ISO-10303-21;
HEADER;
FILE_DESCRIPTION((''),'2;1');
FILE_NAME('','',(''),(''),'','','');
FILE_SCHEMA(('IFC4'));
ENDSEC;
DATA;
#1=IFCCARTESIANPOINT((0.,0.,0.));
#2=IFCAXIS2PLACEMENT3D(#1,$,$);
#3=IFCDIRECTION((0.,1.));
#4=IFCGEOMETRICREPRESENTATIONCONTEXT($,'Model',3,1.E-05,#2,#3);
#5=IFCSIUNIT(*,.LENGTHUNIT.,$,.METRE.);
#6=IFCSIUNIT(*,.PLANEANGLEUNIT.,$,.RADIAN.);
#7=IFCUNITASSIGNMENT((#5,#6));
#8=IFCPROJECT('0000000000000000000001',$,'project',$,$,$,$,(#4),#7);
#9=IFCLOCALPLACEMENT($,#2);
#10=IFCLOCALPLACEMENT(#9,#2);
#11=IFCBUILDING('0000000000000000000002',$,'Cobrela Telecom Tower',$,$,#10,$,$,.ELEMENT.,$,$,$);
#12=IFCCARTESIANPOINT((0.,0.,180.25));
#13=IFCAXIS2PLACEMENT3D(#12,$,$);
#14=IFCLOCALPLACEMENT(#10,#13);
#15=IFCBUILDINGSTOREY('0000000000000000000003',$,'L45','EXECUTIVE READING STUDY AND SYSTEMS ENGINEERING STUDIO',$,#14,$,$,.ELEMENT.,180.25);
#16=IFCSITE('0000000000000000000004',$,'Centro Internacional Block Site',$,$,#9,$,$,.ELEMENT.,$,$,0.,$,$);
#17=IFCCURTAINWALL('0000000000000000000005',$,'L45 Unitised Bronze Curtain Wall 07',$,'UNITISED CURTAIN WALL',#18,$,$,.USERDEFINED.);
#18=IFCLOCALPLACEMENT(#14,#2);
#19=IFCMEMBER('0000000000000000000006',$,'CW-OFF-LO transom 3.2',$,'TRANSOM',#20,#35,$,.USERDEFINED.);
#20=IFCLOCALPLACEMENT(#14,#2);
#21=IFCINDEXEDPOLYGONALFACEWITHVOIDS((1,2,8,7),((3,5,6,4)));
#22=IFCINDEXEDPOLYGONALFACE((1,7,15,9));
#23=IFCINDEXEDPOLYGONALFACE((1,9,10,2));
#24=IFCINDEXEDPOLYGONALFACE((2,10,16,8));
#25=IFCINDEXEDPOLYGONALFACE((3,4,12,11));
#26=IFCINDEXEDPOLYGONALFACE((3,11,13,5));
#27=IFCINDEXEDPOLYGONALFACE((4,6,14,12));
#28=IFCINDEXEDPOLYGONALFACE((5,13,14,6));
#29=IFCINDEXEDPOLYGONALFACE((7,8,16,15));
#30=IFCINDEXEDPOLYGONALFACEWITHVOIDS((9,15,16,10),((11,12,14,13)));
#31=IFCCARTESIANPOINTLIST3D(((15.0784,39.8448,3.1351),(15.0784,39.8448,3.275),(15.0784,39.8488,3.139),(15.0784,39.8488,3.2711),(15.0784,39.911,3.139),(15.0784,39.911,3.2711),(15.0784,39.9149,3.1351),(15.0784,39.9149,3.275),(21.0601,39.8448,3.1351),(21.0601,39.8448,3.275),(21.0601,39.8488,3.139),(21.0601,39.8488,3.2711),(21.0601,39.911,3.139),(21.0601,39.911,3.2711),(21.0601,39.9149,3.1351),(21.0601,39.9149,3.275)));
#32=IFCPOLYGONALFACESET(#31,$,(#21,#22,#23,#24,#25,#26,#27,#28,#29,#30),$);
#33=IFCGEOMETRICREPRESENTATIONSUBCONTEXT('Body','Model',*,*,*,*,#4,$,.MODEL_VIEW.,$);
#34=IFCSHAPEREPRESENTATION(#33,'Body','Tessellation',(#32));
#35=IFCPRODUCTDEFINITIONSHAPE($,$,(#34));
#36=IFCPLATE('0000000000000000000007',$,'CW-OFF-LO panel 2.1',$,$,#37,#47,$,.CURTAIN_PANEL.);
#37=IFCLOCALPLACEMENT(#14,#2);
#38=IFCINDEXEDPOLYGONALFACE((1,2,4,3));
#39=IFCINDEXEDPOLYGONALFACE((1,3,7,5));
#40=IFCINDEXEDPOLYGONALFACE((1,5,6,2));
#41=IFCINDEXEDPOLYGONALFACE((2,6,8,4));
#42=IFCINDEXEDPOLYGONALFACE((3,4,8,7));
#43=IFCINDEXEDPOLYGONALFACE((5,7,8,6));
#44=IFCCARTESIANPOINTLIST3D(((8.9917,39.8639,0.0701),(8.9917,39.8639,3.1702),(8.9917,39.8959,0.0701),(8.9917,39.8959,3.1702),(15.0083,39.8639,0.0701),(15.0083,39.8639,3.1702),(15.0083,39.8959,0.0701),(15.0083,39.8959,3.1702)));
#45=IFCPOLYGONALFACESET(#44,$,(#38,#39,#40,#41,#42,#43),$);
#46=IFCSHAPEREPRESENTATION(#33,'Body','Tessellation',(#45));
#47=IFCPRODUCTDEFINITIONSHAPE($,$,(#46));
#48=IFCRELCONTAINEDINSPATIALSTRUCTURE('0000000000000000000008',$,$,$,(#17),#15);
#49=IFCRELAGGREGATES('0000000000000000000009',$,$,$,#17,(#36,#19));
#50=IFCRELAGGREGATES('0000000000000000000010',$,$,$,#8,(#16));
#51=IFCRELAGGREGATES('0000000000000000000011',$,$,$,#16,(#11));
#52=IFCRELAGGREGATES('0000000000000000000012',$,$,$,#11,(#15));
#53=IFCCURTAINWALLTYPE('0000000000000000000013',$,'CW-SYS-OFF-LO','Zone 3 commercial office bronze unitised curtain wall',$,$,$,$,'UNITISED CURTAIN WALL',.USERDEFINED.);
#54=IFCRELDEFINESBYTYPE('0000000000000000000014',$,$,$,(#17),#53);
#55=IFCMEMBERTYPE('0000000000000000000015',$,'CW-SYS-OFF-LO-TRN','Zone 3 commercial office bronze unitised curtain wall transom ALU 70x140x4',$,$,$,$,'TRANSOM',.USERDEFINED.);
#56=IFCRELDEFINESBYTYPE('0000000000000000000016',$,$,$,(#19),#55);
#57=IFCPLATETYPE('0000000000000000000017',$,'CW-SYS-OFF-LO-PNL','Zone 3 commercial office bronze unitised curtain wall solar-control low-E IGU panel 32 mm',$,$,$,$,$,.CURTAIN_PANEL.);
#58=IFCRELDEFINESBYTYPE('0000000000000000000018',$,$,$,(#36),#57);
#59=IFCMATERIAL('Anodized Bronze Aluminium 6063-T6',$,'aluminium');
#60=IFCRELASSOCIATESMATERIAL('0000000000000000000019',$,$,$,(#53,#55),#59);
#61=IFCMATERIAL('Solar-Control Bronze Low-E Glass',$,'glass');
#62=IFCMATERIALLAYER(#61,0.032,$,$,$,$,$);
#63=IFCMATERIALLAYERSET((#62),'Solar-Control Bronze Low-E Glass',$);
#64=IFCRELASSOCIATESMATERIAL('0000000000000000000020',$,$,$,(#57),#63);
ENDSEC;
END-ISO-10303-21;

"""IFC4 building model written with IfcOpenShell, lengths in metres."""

from ifc_helpers import new_model, si_unit, direction, frame, origin, origin_2d, place, context, subcontext, project, spatial, rectangle, hollow_rectangle, extrude, material, layer, layer_set, material_profile, profile_set, type_object, element, aggregate, save


model = new_model("IFC4")

# Units and contexts
model_context = context("Model", 3, precision=1e-05, world=origin(), true_north=direction((0.0, 1.0)))
body_context = subcontext(model_context, "Body", "Model", "MODEL_VIEW")
ifc_project = project(units=[si_unit("LENGTHUNIT", "METRE"), si_unit("PLANEANGLEUNIT", "RADIAN")], contexts=[model_context])

# Site, building, storey
site_placement = place(None, origin())
site = spatial("IfcSite", under=ifc_project, at=site_placement, Name="Centro Internacional Block Site", CompositionType="ELEMENT", RefElevation=0.0)
building_placement = place(site_placement, origin())
building = spatial("IfcBuilding", under=site, at=building_placement, Name="Cobrela Telecom Tower", CompositionType="ELEMENT")
storey_placement = place(building_placement, frame((0.0, 0.0, 180.25)))
storey = spatial("IfcBuildingStorey", under=building, at=storey_placement, Name="L45", Description="EXECUTIVE READING STUDY AND SYSTEMS ENGINEERING STUDIO", CompositionType="ELEMENT", Elevation=180.25)

# Curtain wall, member, plate
ifc_material_1 = material(Name="Anodized Bronze Aluminium 6063-T6", Category="aluminium")
curtain_wall_type = type_object("IfcCurtainWallType", Name="CW-SYS-OFF-LO", Description="Zone 3 commercial office bronze unitised curtain wall", ElementType="UNITISED CURTAIN WALL", PredefinedType="USERDEFINED", material=ifc_material_1)
curtain_wall_placement = place(storey_placement, origin())
curtain_wall = element("IfcCurtainWall", 1, at=curtain_wall_placement, inside=storey, type_object=curtain_wall_type, Name="L45 Unitised Bronze Curtain Wall 07", ObjectType="UNITISED CURTAIN WALL", PredefinedType="USERDEFINED")
ifc_material_profile_1 = material_profile(ifc_material_1, hollow_rectangle(XDim=0.0701, YDim=0.1399, WallThickness=0.0039, at=origin_2d()), Name="ALU 70x140x4")
ifc_profile_set_1 = profile_set([ifc_material_profile_1], Name="Anodized Bronze Aluminium 6063-T6")
member_type_1 = type_object("IfcMemberType", Name="CW-SYS-OFF-LO-TRN", Description="Zone 3 commercial office bronze unitised curtain wall transom ALU 70x140x4", ElementType="TRANSOM", PredefinedType="USERDEFINED", material=ifc_profile_set_1)
member_1_placement = place(storey_placement, frame((15.0784, 39.8799, 3.2051), z_axis=(1.0, 0.0, 0.0), x_axis=(0.0, 1.0, 0.0)))
member_1 = element("IfcMember", 2, at=member_1_placement, type_object=member_type_1, Name="CW-OFF-LO transom 3.2", ObjectType="TRANSOM", PredefinedType="USERDEFINED", context=body_context, shape_type="SweptSolid", body=[
    extrude(hollow_rectangle(XDim=0.0701, YDim=0.1399, WallThickness=0.0039, at=origin_2d()), origin(), (0.0, 0.0, 1.0), 5.9817),
])
ifc_material_2 = material(Name="Solar-Control Bronze Low-E Glass", Category="glass")
ifc_layer_1 = layer(ifc_material_2, 0.032)
ifc_layer_set_1 = layer_set([ifc_layer_1], Name="Solar-Control Bronze Low-E Glass")
plate_type = type_object("IfcPlateType", Name="CW-SYS-OFF-LO-PNL", Description="Zone 3 commercial office bronze unitised curtain wall solar-control low-E IGU panel 32 mm", PredefinedType="CURTAIN_PANEL", material=ifc_layer_set_1)
plate_placement = place(storey_placement, frame((12.0, 39.8799, 0.0701), z_axis=(0.0, 0.0, 1.0), x_axis=(1.0, 0.0, 0.0)))
plate = element("IfcPlate", 3, at=plate_placement, type_object=plate_type, Name="CW-OFF-LO panel 2.1", PredefinedType="CURTAIN_PANEL", context=body_context, shape_type="SweptSolid", body=[
    extrude(rectangle(XDim=6.0166, YDim=0.032, at=origin_2d()), origin(), (0.0, 0.0, 1.0), 3.1001),
])
aggregate(curtain_wall, [plate, member_1])

save(model, "model.ifc")
